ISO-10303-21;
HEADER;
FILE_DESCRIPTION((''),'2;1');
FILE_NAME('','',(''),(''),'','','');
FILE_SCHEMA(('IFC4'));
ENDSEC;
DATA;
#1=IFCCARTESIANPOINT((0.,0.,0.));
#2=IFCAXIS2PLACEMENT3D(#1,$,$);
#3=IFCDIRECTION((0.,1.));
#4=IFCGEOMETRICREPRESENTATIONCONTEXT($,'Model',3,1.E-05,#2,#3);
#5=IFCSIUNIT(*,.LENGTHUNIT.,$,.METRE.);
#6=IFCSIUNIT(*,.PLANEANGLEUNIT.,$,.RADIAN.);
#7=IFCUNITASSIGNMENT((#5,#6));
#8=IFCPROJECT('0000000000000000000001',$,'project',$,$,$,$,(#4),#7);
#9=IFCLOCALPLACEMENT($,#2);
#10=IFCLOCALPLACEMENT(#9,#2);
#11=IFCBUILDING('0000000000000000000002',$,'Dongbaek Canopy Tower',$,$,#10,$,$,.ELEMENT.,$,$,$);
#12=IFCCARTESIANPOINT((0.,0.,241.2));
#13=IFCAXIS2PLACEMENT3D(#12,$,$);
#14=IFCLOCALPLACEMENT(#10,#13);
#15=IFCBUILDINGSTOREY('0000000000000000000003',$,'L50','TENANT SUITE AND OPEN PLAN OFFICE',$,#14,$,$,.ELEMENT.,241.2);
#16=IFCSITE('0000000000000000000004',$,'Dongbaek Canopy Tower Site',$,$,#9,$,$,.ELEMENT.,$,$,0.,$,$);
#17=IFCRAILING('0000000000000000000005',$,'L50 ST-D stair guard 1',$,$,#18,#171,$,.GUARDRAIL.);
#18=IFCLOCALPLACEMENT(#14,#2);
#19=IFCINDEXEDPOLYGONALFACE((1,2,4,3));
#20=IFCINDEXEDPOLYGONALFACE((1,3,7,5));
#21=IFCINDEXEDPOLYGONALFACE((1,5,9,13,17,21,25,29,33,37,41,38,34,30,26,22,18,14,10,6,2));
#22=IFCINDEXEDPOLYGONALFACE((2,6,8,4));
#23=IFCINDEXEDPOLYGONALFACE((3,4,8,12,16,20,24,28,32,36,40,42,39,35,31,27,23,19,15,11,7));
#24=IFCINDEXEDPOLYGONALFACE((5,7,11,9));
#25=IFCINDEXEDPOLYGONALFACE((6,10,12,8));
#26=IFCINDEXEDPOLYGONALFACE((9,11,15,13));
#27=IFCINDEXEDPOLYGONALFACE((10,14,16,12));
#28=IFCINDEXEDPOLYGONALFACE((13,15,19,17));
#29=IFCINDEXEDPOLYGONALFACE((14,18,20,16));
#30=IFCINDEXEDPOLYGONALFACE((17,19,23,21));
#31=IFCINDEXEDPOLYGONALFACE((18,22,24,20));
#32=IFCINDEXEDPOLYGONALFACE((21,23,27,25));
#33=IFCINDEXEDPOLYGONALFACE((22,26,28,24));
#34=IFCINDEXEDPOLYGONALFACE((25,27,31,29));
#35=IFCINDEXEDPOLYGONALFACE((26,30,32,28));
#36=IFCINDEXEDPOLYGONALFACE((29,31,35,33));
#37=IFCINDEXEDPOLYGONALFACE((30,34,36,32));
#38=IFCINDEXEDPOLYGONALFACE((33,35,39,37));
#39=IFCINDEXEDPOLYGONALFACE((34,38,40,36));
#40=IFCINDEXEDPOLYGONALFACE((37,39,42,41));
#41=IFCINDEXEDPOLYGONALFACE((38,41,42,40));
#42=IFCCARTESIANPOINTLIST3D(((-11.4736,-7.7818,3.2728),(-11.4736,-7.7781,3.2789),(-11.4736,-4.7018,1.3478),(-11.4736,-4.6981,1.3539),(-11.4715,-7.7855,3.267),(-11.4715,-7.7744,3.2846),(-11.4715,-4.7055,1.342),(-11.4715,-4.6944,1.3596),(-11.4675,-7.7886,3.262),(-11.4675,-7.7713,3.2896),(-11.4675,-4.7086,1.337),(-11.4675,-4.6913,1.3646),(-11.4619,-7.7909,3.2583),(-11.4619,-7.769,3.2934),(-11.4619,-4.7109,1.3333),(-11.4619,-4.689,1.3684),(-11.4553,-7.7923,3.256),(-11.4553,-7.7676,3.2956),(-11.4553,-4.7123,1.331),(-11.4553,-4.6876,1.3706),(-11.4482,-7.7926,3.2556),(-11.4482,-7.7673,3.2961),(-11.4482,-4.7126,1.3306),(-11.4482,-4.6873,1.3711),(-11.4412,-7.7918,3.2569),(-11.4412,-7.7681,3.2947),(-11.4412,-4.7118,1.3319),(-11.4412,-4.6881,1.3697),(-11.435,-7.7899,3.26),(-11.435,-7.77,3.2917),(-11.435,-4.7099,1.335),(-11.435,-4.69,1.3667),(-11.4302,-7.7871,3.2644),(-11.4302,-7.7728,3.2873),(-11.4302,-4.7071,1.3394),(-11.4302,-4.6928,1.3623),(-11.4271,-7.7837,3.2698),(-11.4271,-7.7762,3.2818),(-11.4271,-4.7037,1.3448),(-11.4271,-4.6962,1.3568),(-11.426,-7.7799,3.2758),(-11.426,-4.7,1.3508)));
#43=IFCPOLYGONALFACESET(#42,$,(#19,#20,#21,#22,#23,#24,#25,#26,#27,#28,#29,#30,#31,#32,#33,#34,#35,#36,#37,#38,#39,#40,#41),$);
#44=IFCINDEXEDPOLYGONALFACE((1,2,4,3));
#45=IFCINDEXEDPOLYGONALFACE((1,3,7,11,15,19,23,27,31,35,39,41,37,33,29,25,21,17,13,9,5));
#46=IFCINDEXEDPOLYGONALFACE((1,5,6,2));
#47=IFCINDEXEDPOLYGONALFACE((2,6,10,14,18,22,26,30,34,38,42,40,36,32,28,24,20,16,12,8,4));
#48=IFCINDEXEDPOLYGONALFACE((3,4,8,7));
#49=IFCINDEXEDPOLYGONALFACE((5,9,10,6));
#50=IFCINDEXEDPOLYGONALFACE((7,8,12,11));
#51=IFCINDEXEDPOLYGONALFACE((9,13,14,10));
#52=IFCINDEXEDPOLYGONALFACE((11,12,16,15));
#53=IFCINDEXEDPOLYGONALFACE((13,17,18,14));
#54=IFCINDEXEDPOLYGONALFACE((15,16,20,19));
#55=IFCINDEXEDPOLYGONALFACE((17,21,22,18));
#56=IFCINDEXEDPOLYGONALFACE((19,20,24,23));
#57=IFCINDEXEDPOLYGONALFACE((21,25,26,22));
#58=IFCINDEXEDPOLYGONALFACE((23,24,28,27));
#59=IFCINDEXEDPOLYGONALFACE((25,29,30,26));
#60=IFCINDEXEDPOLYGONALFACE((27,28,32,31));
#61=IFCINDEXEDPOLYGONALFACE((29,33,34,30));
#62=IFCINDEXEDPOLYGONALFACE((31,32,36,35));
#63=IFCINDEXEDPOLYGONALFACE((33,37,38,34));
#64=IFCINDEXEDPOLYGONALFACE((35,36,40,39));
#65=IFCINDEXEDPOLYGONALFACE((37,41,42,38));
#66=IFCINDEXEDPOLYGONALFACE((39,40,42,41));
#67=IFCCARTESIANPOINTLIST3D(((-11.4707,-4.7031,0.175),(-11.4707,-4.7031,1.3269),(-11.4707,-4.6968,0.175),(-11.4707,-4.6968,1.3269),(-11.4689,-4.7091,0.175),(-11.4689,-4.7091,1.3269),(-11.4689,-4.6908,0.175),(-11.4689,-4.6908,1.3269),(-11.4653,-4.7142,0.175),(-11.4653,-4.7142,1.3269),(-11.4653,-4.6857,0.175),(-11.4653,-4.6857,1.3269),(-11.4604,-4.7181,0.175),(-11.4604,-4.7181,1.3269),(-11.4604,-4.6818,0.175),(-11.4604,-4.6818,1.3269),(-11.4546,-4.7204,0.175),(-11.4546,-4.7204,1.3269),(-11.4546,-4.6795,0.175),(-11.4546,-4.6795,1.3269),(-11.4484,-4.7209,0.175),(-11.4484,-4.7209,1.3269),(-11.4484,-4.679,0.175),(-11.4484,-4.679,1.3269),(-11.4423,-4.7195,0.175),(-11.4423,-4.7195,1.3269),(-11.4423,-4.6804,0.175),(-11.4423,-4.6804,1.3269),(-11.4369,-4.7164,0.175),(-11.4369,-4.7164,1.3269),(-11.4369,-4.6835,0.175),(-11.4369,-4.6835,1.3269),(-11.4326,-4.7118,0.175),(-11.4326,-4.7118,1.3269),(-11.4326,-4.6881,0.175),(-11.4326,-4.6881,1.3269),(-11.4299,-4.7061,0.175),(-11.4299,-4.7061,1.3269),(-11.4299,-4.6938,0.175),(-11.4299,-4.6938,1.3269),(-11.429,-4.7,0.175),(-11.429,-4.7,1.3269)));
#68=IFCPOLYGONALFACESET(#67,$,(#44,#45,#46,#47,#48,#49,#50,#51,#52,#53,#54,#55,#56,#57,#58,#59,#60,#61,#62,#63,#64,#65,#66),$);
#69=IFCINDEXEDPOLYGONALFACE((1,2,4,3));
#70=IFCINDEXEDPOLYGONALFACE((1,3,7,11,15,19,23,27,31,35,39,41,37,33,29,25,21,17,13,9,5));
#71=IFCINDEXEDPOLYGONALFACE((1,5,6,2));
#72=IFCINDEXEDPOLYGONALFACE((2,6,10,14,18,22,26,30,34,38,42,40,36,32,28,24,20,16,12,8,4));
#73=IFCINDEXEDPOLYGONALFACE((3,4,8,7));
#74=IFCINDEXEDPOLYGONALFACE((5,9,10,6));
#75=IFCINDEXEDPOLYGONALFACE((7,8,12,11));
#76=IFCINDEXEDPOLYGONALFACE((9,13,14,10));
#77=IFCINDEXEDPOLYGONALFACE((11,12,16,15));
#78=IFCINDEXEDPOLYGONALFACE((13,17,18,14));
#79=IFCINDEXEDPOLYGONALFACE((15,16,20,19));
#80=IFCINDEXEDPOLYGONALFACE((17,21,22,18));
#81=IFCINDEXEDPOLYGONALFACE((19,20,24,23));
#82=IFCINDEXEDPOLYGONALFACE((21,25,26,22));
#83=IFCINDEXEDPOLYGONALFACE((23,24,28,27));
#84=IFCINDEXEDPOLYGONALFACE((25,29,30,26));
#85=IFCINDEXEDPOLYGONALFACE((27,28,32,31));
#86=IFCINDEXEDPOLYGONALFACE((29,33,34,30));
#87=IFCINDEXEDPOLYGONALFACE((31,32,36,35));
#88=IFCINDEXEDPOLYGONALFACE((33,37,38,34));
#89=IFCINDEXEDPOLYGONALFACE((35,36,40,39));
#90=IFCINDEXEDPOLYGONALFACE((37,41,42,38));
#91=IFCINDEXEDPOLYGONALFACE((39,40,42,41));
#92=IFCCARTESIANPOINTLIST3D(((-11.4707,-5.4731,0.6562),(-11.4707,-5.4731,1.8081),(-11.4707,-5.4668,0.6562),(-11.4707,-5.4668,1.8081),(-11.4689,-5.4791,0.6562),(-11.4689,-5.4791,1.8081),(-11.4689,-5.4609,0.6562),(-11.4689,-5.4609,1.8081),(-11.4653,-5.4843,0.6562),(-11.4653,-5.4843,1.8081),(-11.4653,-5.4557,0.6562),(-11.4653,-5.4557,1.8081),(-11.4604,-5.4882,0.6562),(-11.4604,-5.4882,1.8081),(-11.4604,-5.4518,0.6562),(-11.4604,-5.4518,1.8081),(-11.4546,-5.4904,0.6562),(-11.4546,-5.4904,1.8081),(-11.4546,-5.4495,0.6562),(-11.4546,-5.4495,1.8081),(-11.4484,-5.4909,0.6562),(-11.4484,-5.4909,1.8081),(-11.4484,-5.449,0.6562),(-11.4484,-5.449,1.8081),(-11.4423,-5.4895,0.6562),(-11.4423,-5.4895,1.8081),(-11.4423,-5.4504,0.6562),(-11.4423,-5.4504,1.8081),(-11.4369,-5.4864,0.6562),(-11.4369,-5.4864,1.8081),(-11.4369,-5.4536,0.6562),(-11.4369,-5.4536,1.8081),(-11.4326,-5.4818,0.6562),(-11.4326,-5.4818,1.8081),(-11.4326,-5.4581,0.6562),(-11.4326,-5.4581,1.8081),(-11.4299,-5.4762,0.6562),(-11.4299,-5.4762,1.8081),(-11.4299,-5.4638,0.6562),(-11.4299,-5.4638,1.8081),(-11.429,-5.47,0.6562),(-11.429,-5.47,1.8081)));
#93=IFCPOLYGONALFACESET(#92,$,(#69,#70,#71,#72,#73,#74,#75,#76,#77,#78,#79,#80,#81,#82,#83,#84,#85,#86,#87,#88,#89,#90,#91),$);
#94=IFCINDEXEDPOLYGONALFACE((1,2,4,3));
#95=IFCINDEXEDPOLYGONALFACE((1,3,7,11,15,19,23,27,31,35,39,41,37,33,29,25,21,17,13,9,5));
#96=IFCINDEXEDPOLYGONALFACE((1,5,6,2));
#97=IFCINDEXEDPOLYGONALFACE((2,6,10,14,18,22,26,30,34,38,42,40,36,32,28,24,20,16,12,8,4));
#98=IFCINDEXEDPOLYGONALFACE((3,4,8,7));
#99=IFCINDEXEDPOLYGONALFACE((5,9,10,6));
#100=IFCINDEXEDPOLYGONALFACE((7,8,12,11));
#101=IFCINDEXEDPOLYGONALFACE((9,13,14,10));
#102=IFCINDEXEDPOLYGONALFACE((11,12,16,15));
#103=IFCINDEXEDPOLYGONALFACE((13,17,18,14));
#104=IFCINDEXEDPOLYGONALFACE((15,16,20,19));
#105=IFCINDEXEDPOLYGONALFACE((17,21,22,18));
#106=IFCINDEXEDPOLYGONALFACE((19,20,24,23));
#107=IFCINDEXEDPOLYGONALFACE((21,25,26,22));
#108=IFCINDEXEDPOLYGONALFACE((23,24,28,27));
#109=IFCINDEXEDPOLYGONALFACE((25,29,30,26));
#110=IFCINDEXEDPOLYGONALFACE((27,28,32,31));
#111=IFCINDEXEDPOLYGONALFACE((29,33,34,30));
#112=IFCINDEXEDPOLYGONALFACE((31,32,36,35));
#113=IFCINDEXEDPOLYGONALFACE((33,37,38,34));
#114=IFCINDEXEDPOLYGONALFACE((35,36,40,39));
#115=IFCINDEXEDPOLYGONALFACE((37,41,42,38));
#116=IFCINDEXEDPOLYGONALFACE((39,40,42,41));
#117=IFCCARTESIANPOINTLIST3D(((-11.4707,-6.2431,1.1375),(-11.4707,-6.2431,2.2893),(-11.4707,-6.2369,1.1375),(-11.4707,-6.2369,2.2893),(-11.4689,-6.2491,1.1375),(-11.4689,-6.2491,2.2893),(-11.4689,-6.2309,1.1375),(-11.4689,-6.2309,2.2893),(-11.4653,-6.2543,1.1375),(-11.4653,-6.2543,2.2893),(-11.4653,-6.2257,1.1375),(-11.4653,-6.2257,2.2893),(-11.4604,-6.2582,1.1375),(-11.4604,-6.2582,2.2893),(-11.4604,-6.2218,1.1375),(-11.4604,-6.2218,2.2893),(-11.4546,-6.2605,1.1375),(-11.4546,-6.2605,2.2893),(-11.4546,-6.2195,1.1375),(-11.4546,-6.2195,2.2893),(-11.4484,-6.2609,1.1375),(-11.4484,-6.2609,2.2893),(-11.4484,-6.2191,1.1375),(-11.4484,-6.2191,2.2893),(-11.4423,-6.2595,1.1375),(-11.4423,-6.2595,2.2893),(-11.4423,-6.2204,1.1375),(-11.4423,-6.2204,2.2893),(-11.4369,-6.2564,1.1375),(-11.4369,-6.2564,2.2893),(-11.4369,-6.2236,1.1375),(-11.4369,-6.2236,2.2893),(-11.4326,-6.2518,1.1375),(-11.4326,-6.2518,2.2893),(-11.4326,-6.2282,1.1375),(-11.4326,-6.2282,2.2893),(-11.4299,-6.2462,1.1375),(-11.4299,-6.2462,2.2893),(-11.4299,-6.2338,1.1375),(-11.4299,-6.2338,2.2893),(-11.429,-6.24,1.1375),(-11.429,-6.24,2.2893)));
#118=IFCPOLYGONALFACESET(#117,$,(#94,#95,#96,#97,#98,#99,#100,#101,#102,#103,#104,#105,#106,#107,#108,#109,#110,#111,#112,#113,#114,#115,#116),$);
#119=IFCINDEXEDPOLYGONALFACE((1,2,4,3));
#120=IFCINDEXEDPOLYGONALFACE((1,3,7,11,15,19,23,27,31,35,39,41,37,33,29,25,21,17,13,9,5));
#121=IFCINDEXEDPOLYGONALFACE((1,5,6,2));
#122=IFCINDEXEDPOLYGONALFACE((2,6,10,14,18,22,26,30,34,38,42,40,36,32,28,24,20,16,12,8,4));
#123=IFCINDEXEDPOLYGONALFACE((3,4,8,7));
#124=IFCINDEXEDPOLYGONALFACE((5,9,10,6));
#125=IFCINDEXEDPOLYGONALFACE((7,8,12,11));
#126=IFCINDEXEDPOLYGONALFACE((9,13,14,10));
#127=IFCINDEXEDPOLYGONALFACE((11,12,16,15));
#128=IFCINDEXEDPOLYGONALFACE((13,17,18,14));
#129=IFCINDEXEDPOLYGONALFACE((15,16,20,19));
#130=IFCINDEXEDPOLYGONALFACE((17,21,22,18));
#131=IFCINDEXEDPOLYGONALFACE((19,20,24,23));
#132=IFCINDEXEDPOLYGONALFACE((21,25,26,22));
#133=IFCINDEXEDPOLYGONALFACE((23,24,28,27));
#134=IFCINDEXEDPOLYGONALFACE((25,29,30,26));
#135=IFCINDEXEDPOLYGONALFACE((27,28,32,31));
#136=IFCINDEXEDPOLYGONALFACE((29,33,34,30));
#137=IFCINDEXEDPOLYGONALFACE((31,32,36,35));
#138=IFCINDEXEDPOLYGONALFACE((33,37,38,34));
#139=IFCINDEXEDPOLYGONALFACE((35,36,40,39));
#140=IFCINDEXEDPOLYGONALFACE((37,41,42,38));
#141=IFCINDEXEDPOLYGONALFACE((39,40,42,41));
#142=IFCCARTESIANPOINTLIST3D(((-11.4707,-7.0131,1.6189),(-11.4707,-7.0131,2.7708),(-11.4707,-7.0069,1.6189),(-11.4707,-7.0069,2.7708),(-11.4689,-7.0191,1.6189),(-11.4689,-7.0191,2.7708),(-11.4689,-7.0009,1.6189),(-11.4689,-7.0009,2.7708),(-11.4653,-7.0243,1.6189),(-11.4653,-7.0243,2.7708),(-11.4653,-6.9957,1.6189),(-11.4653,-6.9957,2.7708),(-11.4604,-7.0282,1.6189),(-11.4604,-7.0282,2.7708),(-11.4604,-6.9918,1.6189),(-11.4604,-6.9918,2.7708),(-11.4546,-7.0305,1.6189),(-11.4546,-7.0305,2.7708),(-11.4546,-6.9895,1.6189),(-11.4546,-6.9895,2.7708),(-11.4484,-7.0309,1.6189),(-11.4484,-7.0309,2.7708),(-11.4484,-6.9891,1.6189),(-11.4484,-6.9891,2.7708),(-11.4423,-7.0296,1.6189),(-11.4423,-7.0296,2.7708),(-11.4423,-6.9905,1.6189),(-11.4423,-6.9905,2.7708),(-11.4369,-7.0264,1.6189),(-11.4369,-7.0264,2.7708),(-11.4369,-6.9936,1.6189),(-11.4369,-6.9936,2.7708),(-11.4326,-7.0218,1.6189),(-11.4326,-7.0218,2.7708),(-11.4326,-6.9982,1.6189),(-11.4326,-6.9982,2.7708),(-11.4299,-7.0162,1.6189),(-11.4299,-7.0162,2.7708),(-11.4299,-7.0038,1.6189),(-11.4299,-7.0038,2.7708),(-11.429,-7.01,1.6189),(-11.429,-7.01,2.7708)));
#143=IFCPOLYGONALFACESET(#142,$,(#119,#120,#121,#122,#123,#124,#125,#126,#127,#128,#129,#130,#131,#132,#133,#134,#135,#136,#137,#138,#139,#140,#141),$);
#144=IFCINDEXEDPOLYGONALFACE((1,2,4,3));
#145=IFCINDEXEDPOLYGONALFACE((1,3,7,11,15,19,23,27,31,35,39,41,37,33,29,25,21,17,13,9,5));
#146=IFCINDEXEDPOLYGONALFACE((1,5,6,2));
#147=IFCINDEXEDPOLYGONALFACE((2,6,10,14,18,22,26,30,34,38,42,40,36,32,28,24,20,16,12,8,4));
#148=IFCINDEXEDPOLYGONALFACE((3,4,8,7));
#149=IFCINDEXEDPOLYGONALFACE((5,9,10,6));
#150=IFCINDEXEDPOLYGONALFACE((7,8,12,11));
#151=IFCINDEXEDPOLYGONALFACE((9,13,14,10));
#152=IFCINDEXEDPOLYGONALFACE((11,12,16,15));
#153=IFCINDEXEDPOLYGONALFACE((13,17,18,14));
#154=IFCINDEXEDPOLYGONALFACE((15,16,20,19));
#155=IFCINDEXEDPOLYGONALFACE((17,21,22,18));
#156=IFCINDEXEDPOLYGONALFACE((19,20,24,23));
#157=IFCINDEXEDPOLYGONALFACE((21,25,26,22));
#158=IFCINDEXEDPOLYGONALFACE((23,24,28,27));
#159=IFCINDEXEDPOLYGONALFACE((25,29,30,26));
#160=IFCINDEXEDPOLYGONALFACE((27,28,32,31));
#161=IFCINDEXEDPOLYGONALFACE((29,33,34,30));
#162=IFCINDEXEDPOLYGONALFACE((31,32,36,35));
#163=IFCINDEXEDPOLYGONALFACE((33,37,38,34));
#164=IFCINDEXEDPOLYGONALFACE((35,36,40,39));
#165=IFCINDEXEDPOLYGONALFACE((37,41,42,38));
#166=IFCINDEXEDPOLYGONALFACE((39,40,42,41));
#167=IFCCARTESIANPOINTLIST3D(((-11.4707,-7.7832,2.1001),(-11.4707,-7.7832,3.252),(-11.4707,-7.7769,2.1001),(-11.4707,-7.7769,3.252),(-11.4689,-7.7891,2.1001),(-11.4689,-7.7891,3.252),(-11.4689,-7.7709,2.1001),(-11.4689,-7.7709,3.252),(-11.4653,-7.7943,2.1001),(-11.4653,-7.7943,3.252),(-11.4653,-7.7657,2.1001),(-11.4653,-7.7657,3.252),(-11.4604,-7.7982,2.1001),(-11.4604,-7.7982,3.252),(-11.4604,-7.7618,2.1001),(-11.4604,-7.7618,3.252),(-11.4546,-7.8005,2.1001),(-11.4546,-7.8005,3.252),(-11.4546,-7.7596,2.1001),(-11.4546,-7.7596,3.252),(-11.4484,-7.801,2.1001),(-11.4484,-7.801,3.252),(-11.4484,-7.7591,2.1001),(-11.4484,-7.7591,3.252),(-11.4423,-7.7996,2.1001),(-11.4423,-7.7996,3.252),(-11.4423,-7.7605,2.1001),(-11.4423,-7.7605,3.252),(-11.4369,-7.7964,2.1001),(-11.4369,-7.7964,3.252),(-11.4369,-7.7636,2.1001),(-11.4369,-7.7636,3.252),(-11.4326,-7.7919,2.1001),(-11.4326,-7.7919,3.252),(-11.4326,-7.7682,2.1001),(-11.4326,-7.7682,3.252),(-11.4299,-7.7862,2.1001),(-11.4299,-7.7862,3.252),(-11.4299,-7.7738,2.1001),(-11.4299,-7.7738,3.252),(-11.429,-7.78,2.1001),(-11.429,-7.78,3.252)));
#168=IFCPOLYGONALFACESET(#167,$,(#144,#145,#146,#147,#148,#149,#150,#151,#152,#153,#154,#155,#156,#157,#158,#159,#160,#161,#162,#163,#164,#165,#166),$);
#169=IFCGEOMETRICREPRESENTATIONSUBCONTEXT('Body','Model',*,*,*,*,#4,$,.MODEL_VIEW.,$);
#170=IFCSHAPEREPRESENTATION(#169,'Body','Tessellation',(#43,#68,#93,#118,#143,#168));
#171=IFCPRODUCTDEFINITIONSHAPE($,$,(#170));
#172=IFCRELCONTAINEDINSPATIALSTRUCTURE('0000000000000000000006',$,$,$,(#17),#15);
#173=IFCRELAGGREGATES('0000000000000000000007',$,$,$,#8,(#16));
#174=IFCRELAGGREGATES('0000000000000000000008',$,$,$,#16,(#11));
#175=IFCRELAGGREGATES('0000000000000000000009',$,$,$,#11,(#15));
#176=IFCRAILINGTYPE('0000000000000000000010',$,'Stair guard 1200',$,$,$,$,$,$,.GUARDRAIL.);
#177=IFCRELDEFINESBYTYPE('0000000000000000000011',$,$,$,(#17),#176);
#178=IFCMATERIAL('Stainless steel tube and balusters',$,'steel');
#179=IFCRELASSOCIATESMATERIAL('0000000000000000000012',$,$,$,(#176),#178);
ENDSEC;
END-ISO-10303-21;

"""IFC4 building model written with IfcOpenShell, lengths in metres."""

from ifc_helpers import new_model, si_unit, direction, frame, origin, origin_2d, place, context, subcontext, project, spatial, circle, extrude, material, type_object, element, save


model = new_model("IFC4")

# Units and contexts
model_context = context("Model", 3, precision=1e-05, world=origin(), true_north=direction((0.0, 1.0)))
body_context = subcontext(model_context, "Body", "Model", "MODEL_VIEW")
ifc_project = project(units=[si_unit("LENGTHUNIT", "METRE"), si_unit("PLANEANGLEUNIT", "RADIAN")], contexts=[model_context])

# Site, building, storey
site_placement = place(None, origin())
site = spatial("IfcSite", under=ifc_project, at=site_placement, Name="Dongbaek Canopy Tower Site", CompositionType="ELEMENT", RefElevation=0.0)
building_placement = place(site_placement, origin())
building = spatial("IfcBuilding", under=site, at=building_placement, Name="Dongbaek Canopy Tower", CompositionType="ELEMENT")
storey_placement = place(building_placement, frame((0.0, 0.0, 241.2)))
storey = spatial("IfcBuildingStorey", under=building, at=storey_placement, Name="L50", Description="TENANT SUITE AND OPEN PLAN OFFICE", CompositionType="ELEMENT", Elevation=241.2)

# Railing
ifc_material_1 = material(Name="Stainless steel tube and balusters", Category="steel")
railing_type_1 = type_object("IfcRailingType", Name="Stair guard 1200", PredefinedType="GUARDRAIL", material=ifc_material_1)
railing_1_placement = place(storey_placement, frame((-11.45, -4.7, 0.175)))
element("IfcRailing", 1, at=railing_1_placement, inside=storey, type_object=railing_type_1, Name="L50 ST-D stair guard 1", PredefinedType="GUARDRAIL", context=body_context, shape_type="SweptSolid", body=[
    extrude(circle(Radius=0.0239, at=origin_2d()), frame((0.0, 0.0, 1.1758), z_axis=(0.0, -0.847998, 0.529999), x_axis=(1.0, 0.0, 0.0)), (0.0, 0.0, 1.0), 3.6321),
    extrude(circle(Radius=0.021, at=origin_2d()), origin(), (0.0, 0.0, 1.0), 1.1519),
    extrude(circle(Radius=0.021, at=origin_2d()), frame((0.0, -0.77, 0.4812)), (0.0, 0.0, 1.0), 1.1519),
    extrude(circle(Radius=0.021, at=origin_2d()), frame((0.0, -1.54, 0.9624)), (0.0, 0.0, 1.0), 1.1519),
    extrude(circle(Radius=0.021, at=origin_2d()), frame((0.0, -2.3101, 1.4438)), (0.0, 0.0, 1.0), 1.1519),
    extrude(circle(Radius=0.021, at=origin_2d()), frame((0.0, -3.0801, 1.925)), (0.0, 0.0, 1.0), 1.1519),
])

save(model, "model.ifc")
